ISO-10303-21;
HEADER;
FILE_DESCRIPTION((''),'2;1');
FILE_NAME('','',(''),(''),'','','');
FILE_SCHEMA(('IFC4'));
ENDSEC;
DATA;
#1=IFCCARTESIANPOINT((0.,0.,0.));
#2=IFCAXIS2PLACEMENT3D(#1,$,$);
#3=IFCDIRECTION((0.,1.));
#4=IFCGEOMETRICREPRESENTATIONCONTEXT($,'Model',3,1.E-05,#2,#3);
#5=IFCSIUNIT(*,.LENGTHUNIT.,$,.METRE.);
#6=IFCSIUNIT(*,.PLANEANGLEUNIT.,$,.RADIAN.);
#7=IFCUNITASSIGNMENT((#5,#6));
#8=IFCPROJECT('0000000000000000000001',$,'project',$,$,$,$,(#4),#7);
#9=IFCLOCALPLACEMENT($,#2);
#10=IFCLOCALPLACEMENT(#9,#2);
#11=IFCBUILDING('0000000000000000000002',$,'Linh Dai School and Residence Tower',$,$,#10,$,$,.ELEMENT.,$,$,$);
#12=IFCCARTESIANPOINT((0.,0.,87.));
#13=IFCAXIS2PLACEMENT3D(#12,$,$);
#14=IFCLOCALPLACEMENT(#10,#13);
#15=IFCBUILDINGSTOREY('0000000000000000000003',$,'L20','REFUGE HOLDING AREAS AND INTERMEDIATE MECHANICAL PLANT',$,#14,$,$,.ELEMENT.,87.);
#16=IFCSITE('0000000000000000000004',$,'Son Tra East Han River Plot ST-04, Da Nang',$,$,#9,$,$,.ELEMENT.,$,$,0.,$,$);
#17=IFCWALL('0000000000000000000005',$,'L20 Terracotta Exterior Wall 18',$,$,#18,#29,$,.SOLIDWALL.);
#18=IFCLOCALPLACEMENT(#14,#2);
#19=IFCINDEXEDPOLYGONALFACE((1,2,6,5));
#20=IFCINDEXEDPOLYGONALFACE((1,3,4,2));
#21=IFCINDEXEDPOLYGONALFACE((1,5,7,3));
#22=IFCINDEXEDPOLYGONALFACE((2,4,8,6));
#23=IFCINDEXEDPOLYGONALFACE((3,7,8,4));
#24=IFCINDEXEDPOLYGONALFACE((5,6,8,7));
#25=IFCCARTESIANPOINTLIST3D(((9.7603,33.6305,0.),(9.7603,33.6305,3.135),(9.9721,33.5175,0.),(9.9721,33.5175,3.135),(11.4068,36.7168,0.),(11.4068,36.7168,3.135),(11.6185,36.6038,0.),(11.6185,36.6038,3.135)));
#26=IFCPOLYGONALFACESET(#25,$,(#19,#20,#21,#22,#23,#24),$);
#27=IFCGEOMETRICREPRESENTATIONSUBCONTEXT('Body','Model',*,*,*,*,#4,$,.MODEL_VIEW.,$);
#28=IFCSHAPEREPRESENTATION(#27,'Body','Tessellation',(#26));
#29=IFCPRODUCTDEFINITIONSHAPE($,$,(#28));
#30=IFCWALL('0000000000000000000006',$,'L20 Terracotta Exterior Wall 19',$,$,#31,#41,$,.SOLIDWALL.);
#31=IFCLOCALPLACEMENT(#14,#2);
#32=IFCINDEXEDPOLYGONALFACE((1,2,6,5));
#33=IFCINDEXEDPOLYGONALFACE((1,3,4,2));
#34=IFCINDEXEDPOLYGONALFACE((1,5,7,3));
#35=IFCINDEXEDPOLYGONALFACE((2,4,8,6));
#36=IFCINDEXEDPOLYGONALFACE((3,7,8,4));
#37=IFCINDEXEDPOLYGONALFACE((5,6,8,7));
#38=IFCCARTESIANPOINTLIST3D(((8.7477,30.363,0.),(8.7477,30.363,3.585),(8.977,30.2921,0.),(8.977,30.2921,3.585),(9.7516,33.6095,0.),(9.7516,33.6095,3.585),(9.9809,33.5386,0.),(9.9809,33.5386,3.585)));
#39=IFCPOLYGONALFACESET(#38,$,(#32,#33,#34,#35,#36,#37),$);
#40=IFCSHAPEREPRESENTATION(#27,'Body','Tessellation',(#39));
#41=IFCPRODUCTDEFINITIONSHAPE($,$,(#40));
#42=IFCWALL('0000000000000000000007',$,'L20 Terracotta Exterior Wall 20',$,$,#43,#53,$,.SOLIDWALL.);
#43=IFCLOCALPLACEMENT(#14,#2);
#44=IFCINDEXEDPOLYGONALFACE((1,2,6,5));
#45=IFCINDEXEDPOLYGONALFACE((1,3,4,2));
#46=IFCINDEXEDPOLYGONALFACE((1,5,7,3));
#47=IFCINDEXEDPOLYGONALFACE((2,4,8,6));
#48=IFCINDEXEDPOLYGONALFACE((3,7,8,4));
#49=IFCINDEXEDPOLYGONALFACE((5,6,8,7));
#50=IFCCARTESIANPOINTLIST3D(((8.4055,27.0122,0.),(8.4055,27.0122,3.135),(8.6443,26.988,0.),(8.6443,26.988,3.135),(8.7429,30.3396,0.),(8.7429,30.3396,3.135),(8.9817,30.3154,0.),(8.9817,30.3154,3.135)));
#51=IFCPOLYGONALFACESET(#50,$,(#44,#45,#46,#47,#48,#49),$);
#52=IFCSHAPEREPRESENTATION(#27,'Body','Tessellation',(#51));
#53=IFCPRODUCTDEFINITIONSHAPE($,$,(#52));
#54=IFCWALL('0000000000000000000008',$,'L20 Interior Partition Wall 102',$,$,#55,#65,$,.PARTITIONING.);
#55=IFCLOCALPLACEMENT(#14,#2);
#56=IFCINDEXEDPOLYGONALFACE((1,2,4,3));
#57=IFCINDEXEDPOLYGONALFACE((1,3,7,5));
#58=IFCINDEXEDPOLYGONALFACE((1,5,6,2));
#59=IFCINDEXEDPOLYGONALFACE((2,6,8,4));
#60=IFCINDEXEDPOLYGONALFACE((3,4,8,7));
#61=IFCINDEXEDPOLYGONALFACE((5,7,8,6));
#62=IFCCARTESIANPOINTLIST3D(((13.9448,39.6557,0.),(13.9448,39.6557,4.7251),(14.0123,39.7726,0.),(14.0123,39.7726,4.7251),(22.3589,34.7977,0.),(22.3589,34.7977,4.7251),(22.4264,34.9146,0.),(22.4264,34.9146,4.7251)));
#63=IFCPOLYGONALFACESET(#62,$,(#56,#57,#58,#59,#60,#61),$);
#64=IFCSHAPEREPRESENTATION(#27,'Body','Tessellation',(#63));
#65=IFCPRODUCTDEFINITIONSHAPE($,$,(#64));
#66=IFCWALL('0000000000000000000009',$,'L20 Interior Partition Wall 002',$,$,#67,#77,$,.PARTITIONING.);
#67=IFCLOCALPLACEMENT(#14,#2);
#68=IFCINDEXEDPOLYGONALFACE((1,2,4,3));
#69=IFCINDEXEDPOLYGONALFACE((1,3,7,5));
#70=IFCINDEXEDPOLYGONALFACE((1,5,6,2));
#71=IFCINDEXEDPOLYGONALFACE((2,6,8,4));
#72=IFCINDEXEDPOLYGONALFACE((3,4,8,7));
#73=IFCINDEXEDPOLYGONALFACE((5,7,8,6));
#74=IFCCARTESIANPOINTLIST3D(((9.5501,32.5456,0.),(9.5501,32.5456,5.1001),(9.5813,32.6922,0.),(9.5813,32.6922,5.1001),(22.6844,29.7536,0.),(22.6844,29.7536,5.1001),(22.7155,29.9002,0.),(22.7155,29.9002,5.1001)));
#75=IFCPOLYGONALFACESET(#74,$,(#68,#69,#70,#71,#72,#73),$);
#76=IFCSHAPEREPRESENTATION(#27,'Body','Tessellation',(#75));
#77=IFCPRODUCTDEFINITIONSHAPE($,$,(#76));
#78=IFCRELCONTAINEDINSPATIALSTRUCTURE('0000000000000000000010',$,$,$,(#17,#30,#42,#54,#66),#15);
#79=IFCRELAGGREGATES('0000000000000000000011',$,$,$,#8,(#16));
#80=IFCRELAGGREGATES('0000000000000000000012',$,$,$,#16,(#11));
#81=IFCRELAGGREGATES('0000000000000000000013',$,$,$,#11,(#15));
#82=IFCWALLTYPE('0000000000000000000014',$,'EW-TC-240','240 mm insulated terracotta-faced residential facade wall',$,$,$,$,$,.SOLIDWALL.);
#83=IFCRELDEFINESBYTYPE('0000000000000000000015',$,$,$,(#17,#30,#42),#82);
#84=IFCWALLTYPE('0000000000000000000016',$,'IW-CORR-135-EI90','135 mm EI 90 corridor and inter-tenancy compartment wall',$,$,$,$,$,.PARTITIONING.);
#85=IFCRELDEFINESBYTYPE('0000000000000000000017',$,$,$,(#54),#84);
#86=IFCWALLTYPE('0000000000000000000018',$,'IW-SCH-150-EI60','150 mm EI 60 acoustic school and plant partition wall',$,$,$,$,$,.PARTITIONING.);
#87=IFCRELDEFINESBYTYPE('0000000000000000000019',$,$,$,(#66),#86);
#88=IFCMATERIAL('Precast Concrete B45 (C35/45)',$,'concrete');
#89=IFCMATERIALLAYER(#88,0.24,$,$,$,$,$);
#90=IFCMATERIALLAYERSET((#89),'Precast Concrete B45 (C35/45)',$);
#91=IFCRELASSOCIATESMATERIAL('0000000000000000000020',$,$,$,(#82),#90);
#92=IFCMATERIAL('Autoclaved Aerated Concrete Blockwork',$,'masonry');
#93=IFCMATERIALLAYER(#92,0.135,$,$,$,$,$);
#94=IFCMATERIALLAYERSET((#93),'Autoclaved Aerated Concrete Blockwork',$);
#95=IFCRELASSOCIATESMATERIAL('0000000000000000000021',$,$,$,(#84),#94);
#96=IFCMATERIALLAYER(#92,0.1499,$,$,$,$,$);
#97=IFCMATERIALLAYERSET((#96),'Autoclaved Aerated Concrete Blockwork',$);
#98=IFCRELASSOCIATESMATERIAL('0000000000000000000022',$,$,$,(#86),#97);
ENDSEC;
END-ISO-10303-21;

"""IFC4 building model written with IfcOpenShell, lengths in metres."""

from ifc_helpers import new_model, si_unit, direction, frame, frame_2d, origin, place, context, subcontext, project, spatial, rectangle, extrude, material, layer, layer_set, type_object, element, save


model = new_model("IFC4")

# Units and contexts
model_context = context("Model", 3, precision=1e-05, world=origin(), true_north=direction((0.0, 1.0)))
body_context = subcontext(model_context, "Body", "Model", "MODEL_VIEW")
ifc_project = project(units=[si_unit("LENGTHUNIT", "METRE"), si_unit("PLANEANGLEUNIT", "RADIAN")], contexts=[model_context])

# Site, building, storey
site_placement = place(None, origin())
site = spatial("IfcSite", under=ifc_project, at=site_placement, Name="Son Tra East Han River Plot ST-04, Da Nang", CompositionType="ELEMENT", RefElevation=0.0)
building_placement = place(site_placement, origin())
building = spatial("IfcBuilding", under=site, at=building_placement, Name="Linh Dai School and Residence Tower", CompositionType="ELEMENT")
storey_placement = place(building_placement, frame((0.0, 0.0, 87.0)))
storey = spatial("IfcBuildingStorey", under=building, at=storey_placement, Name="L20", Description="REFUGE HOLDING AREAS AND INTERMEDIATE MECHANICAL PLANT", CompositionType="ELEMENT", Elevation=87.0)

# Walls
ifc_material_1 = material(Name="Precast Concrete B45 (C35/45)", Category="concrete")
ifc_layer_1 = layer(ifc_material_1, 0.24)
ifc_layer_set_1 = layer_set([ifc_layer_1], Name="Precast Concrete B45 (C35/45)")
wall_type_1 = type_object("IfcWallType", Name="EW-TC-240", Description="240 mm insulated terracotta-faced residential facade wall", PredefinedType="SOLIDWALL", material=ifc_layer_set_1)
wall_1_placement = place(storey_placement, frame((9.8662, 33.574, 0.0), z_axis=(0.0, 0.0, 1.0), x_axis=(0.470675, 0.882307, 0.0)))
element("IfcWall", 1, at=wall_1_placement, inside=storey, type_object=wall_type_1, Name="L20 Terracotta Exterior Wall 18", PredefinedType="SOLIDWALL", context=body_context, shape_type="SweptSolid", body=[
    extrude(rectangle(XDim=3.498, YDim=0.24, at=frame_2d((1.749, 0.0))), origin(), (0.0, 0.0, 1.0), 3.135),
])
wall_2_placement = place(storey_placement, frame((8.8623, 30.3274, 0.0), z_axis=(0.0, 0.0, 1.0), x_axis=(0.295418, 0.955368, 0.0)))
element("IfcWall", 2, at=wall_2_placement, inside=storey, type_object=wall_type_1, Name="L20 Terracotta Exterior Wall 19", PredefinedType="SOLIDWALL", context=body_context, shape_type="SweptSolid", body=[
    extrude(rectangle(XDim=3.3982, YDim=0.24, at=frame_2d((1.6992, 0.0))), origin(), (0.0, 0.0, 1.0), 3.585),
])
wall_3_placement = place(storey_placement, frame((8.5249, 27.0, 0.0), z_axis=(0.0, 0.0, 1.0), x_axis=(0.100884, 0.994898, 0.0)))
element("IfcWall", 3, at=wall_3_placement, inside=storey, type_object=wall_type_1, Name="L20 Terracotta Exterior Wall 20", PredefinedType="SOLIDWALL", context=body_context, shape_type="SweptSolid", body=[
    extrude(rectangle(XDim=3.3445, YDim=0.24, at=frame_2d((1.6724, 0.0))), origin(), (0.0, 0.0, 1.0), 3.135),
])
ifc_material_2 = material(Name="Autoclaved Aerated Concrete Blockwork", Category="masonry")
ifc_layer_2 = layer(ifc_material_2, 0.135)
ifc_layer_set_2 = layer_set([ifc_layer_2], Name="Autoclaved Aerated Concrete Blockwork")
wall_type_2 = type_object("IfcWallType", Name="IW-CORR-135-EI90", Description="135 mm EI 90 corridor and inter-tenancy compartment wall", PredefinedType="PARTITIONING", material=ifc_layer_set_2)
wall_4_placement = place(storey_placement, frame((13.9785, 39.7141, 0.0), z_axis=(0.0, 0.0, 1.0), x_axis=(0.866023, -0.500004, 0.0)))
element("IfcWall", 4, at=wall_4_placement, inside=storey, type_object=wall_type_2, Name="L20 Interior Partition Wall 102", PredefinedType="PARTITIONING", context=body_context, shape_type="SweptSolid", body=[
    extrude(rectangle(XDim=9.7158, YDim=0.135, at=frame_2d((4.8579, 0.0))), origin(), (0.0, 0.0, 1.0), 4.7251),
])
ifc_layer_3 = layer(ifc_material_2, 0.1499)
ifc_layer_set_3 = layer_set([ifc_layer_3], Name="Autoclaved Aerated Concrete Blockwork")
wall_type_3 = type_object("IfcWallType", Name="IW-SCH-150-EI60", Description="150 mm EI 60 acoustic school and plant partition wall", PredefinedType="PARTITIONING", material=ifc_layer_set_3)
wall_5_placement = place(storey_placement, frame((9.5657, 32.6189, 0.0), z_axis=(0.0, 0.0, 1.0), x_axis=(0.978144, -0.207927, 0.0)))
element("IfcWall", 5, at=wall_5_placement, inside=storey, type_object=wall_type_3, Name="L20 Interior Partition Wall 002", PredefinedType="PARTITIONING", context=body_context, shape_type="SweptSolid", body=[
    extrude(rectangle(XDim=13.4277, YDim=0.1499, at=frame_2d((6.7139, 0.0))), origin(), (0.0, 0.0, 1.0), 5.1001),
])

save(model, "model.ifc")
